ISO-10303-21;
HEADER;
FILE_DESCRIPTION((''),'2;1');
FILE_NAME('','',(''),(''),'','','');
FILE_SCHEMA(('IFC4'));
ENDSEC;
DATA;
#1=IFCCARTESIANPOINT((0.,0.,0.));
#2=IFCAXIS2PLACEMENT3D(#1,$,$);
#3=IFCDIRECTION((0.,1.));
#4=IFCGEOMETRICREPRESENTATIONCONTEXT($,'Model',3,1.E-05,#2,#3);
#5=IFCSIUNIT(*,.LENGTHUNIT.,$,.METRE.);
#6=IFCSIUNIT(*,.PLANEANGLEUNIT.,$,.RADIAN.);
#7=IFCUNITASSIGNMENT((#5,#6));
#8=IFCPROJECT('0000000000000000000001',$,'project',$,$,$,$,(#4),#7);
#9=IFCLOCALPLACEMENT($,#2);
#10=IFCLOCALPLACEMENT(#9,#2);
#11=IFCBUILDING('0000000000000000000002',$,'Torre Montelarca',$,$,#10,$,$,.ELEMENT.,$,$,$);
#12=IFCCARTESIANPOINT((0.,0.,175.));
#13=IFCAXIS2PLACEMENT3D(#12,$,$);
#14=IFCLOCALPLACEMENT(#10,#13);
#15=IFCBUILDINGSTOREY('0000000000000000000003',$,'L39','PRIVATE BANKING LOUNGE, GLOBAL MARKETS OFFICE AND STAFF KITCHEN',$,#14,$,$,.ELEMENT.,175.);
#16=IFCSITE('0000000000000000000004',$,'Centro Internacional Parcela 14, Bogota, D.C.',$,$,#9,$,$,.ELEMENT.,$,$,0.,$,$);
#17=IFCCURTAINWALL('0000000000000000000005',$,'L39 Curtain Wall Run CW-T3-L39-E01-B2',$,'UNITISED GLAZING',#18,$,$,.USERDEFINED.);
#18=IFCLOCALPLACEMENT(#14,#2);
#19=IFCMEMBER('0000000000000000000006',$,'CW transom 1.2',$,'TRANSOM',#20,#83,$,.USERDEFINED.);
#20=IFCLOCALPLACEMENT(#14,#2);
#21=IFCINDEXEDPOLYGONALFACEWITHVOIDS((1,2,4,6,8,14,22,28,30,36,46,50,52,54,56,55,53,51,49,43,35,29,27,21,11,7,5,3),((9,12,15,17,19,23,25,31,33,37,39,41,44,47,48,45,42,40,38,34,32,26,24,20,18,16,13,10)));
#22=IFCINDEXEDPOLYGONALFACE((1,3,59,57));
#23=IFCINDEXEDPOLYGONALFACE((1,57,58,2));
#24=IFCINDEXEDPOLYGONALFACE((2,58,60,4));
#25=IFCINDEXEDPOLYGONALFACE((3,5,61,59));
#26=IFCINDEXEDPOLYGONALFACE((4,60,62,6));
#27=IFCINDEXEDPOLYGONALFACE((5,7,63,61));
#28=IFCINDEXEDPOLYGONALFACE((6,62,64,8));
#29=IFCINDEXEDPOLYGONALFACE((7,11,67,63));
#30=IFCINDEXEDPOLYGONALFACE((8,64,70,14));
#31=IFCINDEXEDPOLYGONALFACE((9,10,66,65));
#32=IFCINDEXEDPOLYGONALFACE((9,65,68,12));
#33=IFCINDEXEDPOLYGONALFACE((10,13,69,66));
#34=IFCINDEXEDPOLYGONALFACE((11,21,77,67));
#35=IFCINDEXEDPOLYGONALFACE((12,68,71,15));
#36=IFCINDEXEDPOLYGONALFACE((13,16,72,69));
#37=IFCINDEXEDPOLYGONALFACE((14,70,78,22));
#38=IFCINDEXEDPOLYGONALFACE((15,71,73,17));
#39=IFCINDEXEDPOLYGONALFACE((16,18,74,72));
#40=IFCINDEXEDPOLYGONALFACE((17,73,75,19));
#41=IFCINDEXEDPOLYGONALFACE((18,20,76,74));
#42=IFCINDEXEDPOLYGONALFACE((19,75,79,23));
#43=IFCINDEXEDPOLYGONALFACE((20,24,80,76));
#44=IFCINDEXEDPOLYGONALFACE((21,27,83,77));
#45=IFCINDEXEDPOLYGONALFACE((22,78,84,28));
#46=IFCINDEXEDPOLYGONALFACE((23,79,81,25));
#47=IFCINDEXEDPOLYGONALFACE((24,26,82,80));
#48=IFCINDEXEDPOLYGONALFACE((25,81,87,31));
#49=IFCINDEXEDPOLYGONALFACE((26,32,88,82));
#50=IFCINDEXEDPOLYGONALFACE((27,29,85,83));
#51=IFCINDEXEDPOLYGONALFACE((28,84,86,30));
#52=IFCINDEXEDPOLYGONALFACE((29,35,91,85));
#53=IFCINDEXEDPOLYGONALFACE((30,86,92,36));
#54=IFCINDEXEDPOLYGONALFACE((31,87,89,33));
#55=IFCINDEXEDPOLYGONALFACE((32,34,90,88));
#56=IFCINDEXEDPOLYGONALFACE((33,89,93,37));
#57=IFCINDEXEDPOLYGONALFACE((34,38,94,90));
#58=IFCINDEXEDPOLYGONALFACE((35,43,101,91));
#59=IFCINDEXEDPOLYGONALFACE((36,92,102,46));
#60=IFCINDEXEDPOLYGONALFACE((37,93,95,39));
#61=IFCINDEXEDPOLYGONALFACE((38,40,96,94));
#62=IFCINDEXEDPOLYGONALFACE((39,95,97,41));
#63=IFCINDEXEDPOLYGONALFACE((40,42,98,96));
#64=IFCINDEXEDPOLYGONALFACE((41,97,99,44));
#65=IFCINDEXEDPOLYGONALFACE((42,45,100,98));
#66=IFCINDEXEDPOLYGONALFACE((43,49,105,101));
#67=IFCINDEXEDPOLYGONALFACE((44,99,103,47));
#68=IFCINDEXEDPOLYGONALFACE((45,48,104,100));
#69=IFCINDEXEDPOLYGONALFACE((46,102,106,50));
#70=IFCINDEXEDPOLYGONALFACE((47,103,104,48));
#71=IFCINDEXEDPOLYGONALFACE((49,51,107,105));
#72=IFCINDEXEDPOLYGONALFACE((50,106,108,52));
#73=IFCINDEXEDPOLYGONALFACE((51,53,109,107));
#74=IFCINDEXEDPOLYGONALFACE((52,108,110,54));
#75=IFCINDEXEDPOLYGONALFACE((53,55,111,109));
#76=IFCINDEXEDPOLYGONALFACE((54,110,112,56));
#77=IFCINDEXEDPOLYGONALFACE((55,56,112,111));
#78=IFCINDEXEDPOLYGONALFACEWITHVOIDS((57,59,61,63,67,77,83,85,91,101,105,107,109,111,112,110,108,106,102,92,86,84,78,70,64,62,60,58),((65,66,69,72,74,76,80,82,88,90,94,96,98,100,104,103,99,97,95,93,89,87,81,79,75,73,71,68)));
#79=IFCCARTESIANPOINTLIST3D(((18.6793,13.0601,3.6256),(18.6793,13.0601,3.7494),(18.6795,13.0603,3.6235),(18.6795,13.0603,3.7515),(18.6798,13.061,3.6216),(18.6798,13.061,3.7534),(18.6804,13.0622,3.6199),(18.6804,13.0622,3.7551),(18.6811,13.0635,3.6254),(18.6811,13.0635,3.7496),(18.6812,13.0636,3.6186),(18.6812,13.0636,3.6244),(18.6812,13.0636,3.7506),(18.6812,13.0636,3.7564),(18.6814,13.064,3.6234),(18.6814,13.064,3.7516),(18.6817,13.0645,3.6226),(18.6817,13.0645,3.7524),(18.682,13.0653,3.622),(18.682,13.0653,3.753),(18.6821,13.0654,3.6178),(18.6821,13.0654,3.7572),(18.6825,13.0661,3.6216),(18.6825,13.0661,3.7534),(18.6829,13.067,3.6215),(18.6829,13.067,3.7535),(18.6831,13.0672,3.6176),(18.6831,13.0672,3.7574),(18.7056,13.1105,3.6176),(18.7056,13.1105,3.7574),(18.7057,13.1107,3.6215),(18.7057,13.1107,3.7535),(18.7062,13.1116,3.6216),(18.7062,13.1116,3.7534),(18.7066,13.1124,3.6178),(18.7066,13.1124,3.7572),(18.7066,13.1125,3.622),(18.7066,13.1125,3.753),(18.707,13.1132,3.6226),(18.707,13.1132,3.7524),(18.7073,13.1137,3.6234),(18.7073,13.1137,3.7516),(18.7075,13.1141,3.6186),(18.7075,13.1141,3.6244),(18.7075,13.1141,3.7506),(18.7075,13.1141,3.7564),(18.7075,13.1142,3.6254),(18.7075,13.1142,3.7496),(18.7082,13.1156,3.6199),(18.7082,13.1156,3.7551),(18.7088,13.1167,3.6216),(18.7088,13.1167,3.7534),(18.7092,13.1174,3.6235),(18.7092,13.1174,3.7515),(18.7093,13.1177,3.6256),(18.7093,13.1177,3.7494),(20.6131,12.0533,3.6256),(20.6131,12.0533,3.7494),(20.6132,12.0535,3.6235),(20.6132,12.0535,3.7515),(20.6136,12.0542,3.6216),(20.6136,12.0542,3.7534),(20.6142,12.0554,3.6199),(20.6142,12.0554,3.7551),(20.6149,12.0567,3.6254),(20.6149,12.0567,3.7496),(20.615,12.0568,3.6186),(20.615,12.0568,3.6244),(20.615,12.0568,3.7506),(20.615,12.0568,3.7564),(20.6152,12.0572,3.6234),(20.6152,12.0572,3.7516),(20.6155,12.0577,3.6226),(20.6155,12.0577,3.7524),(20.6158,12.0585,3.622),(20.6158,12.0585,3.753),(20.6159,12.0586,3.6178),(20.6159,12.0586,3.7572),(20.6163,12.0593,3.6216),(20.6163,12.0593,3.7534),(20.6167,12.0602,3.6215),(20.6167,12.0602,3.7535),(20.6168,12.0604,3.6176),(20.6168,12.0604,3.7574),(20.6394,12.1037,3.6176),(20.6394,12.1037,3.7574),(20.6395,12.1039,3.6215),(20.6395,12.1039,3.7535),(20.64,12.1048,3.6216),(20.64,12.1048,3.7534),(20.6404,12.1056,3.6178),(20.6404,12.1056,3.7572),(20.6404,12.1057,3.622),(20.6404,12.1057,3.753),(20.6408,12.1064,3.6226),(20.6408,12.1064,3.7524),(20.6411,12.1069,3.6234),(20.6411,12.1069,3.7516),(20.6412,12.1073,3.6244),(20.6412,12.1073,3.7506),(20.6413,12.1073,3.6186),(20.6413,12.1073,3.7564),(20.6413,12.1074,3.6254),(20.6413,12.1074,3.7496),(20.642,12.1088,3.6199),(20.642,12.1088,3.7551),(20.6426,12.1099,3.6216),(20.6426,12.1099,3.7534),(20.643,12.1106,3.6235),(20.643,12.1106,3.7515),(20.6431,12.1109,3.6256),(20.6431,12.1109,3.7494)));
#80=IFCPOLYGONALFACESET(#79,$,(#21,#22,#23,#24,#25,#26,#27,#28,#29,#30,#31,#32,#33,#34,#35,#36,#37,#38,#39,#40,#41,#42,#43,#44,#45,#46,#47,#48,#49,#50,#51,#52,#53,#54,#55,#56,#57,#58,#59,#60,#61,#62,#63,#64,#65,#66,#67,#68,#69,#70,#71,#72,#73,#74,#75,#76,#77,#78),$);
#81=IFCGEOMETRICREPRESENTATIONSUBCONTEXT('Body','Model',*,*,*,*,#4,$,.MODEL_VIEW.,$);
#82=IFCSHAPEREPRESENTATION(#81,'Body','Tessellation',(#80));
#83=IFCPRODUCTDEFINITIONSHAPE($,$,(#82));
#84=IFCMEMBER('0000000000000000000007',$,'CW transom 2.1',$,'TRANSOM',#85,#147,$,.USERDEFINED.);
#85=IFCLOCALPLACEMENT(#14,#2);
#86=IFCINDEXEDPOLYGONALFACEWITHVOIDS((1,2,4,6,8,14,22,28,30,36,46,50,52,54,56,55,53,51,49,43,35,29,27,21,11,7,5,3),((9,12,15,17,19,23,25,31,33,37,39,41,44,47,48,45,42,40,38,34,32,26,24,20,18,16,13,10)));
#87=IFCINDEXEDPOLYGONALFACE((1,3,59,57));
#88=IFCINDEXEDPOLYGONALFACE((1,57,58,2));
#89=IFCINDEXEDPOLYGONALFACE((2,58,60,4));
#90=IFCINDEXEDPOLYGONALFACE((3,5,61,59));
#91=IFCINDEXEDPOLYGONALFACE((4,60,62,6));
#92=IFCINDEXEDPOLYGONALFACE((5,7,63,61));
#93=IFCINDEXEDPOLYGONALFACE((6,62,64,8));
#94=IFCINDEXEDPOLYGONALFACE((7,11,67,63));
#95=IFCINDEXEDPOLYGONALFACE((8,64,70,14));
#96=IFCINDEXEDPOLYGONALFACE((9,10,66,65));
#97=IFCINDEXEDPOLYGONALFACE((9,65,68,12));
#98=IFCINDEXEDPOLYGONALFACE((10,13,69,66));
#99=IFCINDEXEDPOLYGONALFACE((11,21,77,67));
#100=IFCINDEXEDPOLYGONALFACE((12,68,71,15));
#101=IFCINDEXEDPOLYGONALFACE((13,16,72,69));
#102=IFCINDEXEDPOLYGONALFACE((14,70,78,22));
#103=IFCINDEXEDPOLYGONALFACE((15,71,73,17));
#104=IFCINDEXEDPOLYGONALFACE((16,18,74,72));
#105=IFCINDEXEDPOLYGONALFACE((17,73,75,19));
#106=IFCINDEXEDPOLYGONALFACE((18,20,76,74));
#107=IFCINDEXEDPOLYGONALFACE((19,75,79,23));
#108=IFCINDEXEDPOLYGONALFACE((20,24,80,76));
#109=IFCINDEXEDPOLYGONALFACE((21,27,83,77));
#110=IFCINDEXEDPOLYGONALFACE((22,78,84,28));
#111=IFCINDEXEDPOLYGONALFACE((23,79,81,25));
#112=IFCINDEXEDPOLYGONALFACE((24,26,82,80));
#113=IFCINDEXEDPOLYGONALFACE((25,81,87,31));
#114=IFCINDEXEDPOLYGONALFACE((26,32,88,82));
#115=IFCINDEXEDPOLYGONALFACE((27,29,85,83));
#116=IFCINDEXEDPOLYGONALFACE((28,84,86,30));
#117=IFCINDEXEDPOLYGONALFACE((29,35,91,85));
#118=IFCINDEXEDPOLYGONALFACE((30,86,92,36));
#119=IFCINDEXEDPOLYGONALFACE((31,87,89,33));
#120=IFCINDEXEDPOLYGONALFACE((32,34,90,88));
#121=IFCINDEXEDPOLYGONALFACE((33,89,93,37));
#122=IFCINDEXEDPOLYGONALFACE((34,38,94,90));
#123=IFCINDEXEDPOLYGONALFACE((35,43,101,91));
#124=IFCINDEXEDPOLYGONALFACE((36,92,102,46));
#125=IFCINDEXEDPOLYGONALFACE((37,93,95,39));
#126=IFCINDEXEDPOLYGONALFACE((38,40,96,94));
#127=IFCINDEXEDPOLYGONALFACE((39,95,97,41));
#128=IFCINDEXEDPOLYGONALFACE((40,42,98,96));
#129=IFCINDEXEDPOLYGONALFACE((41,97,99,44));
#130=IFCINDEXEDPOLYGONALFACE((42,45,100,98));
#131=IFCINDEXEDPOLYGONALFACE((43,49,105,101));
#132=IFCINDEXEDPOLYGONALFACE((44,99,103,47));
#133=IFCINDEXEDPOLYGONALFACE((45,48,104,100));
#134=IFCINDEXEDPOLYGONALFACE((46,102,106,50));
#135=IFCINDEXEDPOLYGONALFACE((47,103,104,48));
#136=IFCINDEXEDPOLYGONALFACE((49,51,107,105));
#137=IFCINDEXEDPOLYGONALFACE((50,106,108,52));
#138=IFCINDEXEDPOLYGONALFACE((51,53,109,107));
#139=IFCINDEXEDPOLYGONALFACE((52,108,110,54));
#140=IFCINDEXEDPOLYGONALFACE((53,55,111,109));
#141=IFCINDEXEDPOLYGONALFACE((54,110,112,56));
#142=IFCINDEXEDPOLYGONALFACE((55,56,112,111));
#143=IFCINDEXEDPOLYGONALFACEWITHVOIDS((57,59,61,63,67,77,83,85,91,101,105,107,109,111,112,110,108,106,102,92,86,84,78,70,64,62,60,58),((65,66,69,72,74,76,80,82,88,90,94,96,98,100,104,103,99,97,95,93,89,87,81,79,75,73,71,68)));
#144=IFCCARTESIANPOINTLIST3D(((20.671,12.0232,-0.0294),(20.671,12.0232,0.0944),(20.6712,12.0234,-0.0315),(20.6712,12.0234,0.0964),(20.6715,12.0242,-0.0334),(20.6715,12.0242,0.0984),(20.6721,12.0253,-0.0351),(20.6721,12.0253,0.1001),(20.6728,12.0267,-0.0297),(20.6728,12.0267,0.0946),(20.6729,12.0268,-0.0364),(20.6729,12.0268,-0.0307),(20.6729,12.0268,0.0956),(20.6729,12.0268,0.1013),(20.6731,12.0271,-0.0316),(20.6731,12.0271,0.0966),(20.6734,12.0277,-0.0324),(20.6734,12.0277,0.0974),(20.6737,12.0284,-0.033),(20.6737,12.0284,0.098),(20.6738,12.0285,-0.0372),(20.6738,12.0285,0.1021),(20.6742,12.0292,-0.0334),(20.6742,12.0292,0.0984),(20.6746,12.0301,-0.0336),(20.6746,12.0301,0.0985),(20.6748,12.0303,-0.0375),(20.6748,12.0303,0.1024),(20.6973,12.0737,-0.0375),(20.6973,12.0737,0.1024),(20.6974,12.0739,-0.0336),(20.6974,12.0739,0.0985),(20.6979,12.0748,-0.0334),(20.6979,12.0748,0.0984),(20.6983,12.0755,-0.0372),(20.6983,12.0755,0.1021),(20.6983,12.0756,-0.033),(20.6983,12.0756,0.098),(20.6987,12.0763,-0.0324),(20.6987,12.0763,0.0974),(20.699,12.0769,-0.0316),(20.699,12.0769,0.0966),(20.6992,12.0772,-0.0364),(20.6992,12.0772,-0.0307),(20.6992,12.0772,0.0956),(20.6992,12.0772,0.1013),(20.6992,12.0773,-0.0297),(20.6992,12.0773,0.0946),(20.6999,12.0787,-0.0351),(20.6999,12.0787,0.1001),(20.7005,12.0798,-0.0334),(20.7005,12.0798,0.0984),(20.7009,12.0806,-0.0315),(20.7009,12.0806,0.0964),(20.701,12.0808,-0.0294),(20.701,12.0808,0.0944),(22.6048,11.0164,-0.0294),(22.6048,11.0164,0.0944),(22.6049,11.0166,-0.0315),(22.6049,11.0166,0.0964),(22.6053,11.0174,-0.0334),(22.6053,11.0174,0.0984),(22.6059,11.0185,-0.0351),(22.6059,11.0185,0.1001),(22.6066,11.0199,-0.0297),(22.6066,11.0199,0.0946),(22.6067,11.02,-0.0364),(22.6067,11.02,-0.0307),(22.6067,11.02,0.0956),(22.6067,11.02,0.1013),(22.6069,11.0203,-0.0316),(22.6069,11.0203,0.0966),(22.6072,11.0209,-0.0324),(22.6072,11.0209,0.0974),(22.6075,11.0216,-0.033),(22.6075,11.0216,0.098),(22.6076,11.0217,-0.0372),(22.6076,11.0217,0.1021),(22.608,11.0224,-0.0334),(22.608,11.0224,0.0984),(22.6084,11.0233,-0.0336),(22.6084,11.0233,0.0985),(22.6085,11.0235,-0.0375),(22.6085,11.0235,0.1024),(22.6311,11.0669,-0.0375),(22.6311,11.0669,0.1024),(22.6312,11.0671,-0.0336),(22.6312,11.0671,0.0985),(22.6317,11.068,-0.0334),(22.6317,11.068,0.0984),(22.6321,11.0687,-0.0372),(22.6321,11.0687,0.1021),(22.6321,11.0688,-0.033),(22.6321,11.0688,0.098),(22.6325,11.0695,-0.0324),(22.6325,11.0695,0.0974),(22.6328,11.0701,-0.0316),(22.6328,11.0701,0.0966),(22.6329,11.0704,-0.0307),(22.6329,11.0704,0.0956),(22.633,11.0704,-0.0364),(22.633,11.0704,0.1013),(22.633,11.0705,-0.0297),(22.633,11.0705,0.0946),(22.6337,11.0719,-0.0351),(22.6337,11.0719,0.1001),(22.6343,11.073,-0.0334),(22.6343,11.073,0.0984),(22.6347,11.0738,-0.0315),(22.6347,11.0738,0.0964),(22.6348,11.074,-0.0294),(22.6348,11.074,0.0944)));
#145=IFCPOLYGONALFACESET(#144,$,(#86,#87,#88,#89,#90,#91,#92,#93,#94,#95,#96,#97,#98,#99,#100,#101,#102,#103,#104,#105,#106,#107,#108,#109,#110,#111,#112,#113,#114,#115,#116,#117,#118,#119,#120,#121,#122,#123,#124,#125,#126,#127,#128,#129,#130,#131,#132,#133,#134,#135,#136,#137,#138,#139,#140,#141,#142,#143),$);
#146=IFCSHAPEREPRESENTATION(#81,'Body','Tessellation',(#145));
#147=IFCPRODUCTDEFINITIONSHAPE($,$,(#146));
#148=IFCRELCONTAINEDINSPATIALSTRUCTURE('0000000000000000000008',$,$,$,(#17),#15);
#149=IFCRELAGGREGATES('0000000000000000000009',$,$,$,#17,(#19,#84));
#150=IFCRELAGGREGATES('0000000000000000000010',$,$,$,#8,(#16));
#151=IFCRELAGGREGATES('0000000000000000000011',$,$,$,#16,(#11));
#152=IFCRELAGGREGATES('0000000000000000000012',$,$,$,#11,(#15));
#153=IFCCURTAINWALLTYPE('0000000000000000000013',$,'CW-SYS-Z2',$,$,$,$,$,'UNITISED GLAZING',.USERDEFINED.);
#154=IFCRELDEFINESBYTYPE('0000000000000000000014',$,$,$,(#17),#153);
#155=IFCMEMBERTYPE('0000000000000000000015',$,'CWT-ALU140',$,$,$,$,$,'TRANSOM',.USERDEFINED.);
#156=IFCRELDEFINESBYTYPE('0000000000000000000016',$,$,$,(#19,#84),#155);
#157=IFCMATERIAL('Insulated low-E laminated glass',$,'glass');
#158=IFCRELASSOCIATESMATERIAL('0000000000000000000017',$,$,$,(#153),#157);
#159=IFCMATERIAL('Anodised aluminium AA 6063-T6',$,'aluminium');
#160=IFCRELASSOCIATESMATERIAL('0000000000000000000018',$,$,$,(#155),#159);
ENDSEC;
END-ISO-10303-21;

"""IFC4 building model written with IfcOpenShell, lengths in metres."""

from ifc_helpers import new_model, si_unit, direction, frame, origin, origin_2d, place, context, subcontext, project, spatial, hollow_rectangle, extrude, source, transform, mapped, material, material_profile, profile_set, type_object, element, aggregate, save


model = new_model("IFC4")

# Units and contexts
model_context = context("Model", 3, precision=1e-05, world=origin(), true_north=direction((0.0, 1.0)))
body_context = subcontext(model_context, "Body", "Model", "MODEL_VIEW")
ifc_project = project(units=[si_unit("LENGTHUNIT", "METRE"), si_unit("PLANEANGLEUNIT", "RADIAN")], contexts=[model_context])

# Site, building, storey
site_placement = place(None, origin())
site = spatial("IfcSite", under=ifc_project, at=site_placement, Name="Centro Internacional Parcela 14, Bogota, D.C.", CompositionType="ELEMENT", RefElevation=0.0)
building_placement = place(site_placement, origin())
building = spatial("IfcBuilding", under=site, at=building_placement, Name="Torre Montelarca", CompositionType="ELEMENT")
storey_placement = place(building_placement, frame((0.0, 0.0, 175.0)))
storey = spatial("IfcBuildingStorey", under=building, at=storey_placement, Name="L39", Description="PRIVATE BANKING LOUNGE, GLOBAL MARKETS OFFICE AND STAFF KITCHEN", CompositionType="ELEMENT", Elevation=175.0)

# Curtain wall
ifc_material_1 = material(Name="Insulated low-E laminated glass", Category="glass")
curtain_wall_type = type_object("IfcCurtainWallType", Name="CW-SYS-Z2", ElementType="UNITISED GLAZING", PredefinedType="USERDEFINED", material=ifc_material_1)
ifc_material_2 = material(Name="Anodised aluminium AA 6063-T6", Category="aluminium")
ifc_material_profile_1 = material_profile(ifc_material_2, hollow_rectangle(XDim=0.0649, YDim=0.1399, WallThickness=0.0039, InnerFilletRadius=0.0039, OuterFilletRadius=0.0081, at=origin_2d()), Name="ALU65X140X4", Category="aluminium")
ifc_profile_set_1 = profile_set([ifc_material_profile_1], Name="Anodised aluminium AA 6063-T6")
member_type_1 = type_object("IfcMemberType", Name="CWT-ALU140", ElementType="TRANSOM", PredefinedType="USERDEFINED", material=ifc_profile_set_1)
curtain_wall_1_placement = place(storey_placement, origin())
curtain_wall_1 = element("IfcCurtainWall", 1, at=curtain_wall_1_placement, inside=storey, type_object=curtain_wall_type, Name="L39 Curtain Wall Run CW-T3-L39-E01-B2", ObjectType="UNITISED GLAZING", PredefinedType="USERDEFINED")

# Members
shared_shape_1 = source(origin(), body_context, "Body", "SweptSolid", [
    extrude(hollow_rectangle(XDim=0.0649, YDim=0.1399, WallThickness=0.0039, InnerFilletRadius=0.0039, OuterFilletRadius=0.0081, at=origin_2d()), origin(), (0.0, 0.0, 1.0), 2.1802),
])
member_1_placement = place(storey_placement, frame((18.6943, 13.0889, 3.6875), z_axis=(0.886984, -0.4618, 0.0), x_axis=(0.4618, 0.886984, 0.0)))
member_1 = element("IfcMember", 2, at=member_1_placement, type_object=member_type_1, Name="CW transom 1.2", ObjectType="TRANSOM", PredefinedType="USERDEFINED", context=body_context, shape_type="MappedRepresentation", body=[
    mapped(shared_shape_1, transform((0.0, 0.0, 0.0), scale=1.0)),
])
member_2_placement = place(storey_placement, frame((20.686, 12.052, 0.0325), z_axis=(0.886984, -0.4618, 0.0), x_axis=(0.4618, 0.886984, 0.0)))
member_2 = element("IfcMember", 3, at=member_2_placement, type_object=member_type_1, Name="CW transom 2.1", ObjectType="TRANSOM", PredefinedType="USERDEFINED", context=body_context, shape_type="MappedRepresentation", body=[
    mapped(shared_shape_1, transform((0.0, 0.0, 0.0), scale=1.0)),
])

aggregate(curtain_wall_1, [member_1, member_2])

save(model, "model.ifc")
